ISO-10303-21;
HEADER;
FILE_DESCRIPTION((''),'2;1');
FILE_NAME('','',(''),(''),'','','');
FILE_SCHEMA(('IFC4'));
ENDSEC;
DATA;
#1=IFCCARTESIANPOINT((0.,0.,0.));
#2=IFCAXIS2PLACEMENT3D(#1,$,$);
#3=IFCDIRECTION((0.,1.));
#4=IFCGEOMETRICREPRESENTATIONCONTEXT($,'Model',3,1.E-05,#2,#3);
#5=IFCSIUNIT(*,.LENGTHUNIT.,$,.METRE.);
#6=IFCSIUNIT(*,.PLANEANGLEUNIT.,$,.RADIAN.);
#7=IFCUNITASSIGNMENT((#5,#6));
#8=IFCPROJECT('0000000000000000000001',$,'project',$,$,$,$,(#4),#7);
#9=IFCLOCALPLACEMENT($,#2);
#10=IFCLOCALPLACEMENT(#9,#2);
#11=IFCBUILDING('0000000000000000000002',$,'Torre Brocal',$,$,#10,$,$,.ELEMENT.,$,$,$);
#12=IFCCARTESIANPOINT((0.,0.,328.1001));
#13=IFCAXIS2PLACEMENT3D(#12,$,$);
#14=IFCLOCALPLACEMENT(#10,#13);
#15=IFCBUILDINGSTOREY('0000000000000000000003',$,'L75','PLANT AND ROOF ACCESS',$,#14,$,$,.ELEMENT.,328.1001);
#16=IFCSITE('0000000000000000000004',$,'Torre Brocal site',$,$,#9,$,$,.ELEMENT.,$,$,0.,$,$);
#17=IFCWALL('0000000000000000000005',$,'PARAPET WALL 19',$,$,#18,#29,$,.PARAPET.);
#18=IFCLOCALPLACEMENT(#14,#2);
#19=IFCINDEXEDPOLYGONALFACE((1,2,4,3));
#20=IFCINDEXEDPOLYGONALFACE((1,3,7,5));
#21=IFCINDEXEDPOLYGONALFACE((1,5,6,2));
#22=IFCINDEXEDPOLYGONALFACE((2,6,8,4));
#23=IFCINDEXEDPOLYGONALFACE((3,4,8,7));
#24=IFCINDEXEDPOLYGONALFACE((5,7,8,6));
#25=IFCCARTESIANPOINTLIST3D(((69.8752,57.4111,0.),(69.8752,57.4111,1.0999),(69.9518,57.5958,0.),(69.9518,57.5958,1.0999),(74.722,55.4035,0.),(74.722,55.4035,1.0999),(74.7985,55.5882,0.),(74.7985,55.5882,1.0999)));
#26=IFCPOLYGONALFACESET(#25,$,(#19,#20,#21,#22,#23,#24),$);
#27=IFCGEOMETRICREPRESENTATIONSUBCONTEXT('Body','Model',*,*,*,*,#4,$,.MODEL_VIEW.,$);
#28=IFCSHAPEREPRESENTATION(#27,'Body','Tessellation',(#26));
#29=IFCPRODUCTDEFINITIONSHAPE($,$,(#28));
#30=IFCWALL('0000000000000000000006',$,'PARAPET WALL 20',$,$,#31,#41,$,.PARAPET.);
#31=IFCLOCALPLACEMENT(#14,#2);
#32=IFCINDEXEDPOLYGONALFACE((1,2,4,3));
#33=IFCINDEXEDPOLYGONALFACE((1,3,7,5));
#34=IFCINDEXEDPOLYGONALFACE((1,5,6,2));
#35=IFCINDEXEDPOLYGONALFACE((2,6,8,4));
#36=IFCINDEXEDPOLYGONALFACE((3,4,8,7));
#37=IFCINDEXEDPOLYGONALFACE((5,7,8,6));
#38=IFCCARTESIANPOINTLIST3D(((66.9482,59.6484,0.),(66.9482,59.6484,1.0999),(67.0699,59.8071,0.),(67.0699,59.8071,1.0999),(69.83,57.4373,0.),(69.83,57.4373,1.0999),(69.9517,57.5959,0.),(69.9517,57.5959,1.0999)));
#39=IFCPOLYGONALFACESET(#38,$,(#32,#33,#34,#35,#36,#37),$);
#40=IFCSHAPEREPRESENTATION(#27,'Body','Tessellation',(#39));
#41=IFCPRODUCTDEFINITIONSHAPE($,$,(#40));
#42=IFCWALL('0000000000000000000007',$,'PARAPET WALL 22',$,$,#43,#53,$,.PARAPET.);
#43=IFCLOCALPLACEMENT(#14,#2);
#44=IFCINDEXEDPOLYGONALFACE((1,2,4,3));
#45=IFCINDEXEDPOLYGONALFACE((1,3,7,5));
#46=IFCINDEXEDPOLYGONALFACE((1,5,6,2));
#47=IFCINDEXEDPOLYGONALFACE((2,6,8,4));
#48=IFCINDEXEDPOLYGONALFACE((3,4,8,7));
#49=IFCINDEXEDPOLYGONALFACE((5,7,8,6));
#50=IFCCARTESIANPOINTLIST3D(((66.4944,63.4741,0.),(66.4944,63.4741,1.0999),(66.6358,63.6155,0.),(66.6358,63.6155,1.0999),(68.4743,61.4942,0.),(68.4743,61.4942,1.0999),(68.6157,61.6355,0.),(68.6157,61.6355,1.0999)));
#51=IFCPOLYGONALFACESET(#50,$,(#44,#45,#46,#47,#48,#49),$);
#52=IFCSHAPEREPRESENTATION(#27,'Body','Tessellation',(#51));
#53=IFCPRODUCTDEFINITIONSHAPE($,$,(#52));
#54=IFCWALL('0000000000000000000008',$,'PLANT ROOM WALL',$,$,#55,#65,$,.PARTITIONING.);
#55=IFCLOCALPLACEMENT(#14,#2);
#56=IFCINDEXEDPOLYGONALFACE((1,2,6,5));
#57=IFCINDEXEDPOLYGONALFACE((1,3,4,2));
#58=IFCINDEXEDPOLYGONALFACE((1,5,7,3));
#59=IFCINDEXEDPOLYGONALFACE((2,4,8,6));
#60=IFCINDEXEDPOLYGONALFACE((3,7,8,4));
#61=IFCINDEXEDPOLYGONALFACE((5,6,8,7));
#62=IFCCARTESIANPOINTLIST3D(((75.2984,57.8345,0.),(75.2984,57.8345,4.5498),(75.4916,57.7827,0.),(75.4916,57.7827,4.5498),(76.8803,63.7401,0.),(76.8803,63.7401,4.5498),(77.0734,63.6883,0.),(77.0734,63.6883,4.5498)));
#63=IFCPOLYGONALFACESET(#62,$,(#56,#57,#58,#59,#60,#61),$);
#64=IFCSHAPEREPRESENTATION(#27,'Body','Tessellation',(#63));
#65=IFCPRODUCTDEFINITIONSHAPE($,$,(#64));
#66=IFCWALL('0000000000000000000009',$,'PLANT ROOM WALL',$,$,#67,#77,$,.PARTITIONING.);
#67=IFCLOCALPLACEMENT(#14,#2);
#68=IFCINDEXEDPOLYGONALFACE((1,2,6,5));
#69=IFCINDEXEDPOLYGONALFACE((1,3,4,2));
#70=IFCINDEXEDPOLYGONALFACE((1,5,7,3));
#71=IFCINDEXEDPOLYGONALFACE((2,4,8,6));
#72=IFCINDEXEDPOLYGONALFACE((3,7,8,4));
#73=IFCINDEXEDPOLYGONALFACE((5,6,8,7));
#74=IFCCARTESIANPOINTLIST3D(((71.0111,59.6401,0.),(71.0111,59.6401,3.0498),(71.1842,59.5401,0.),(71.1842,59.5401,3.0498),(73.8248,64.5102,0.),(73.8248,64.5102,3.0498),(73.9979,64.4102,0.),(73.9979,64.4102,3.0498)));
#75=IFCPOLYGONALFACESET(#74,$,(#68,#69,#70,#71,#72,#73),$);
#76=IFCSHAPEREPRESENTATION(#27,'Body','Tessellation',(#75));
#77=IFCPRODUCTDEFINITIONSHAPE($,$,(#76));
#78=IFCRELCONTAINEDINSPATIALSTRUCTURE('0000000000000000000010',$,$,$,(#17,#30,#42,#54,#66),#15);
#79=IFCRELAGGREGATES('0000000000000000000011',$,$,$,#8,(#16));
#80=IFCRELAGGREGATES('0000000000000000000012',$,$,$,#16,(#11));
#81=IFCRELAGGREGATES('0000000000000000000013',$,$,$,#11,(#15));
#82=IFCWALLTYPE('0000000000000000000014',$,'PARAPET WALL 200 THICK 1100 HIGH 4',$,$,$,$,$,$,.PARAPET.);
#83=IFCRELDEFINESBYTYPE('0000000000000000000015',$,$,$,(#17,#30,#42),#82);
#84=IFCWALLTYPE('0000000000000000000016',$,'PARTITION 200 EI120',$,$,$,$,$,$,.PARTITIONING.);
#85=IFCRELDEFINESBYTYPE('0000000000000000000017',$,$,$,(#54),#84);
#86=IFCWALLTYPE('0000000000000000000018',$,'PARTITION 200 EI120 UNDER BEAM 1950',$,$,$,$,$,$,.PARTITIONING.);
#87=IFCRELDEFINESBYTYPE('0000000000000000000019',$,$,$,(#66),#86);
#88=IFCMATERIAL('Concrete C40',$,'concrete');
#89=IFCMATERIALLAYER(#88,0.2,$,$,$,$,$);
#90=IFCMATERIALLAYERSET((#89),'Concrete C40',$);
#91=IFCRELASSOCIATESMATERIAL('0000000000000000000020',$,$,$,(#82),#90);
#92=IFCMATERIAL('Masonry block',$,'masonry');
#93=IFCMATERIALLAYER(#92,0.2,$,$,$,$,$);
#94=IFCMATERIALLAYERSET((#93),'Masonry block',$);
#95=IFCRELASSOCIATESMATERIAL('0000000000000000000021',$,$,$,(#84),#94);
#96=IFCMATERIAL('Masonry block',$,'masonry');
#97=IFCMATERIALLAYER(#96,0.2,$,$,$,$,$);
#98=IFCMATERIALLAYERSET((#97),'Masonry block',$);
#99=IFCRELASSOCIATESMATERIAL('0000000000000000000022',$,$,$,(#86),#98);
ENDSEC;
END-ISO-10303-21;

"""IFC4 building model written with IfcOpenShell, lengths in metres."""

from ifc_helpers import new_model, si_unit, direction, frame, frame_2d, origin, place, context, subcontext, project, spatial, rectangle, extrude, material, layer, layer_set, type_object, element, save


model = new_model("IFC4")

# Units and contexts
model_context = context("Model", 3, precision=1e-05, world=origin(), true_north=direction((0.0, 1.0)))
body_context = subcontext(model_context, "Body", "Model", "MODEL_VIEW")
ifc_project = project(units=[si_unit("LENGTHUNIT", "METRE"), si_unit("PLANEANGLEUNIT", "RADIAN")], contexts=[model_context])

# Site, building, storey
site_placement = place(None, origin())
site = spatial("IfcSite", under=ifc_project, at=site_placement, Name="Torre Brocal site", CompositionType="ELEMENT", RefElevation=0.0)
building_placement = place(site_placement, origin())
building = spatial("IfcBuilding", under=site, at=building_placement, Name="Torre Brocal", CompositionType="ELEMENT")
storey_placement = place(building_placement, frame((0.0, 0.0, 328.1001)))
storey = spatial("IfcBuildingStorey", under=building, at=storey_placement, Name="L75", Description="PLANT AND ROOF ACCESS", CompositionType="ELEMENT", Elevation=328.1001)

# Walls
ifc_material_1 = material(Name="Concrete C40", Category="concrete")
ifc_layer_1 = layer(ifc_material_1, 0.2)
ifc_layer_set_1 = layer_set([ifc_layer_1], Name="Concrete C40")
wall_type_1 = type_object("IfcWallType", Name="PARAPET WALL 200 THICK 1100 HIGH 4", PredefinedType="PARAPET", material=ifc_layer_set_1)
wall_1_placement = place(storey_placement, frame((74.7603, 55.4958, 0.0), z_axis=(0.0, 0.0, 1.0), x_axis=(-0.923879, 0.382685, 0.0)))
element("IfcWall", 1, at=wall_1_placement, inside=storey, type_object=wall_type_1, Name="PARAPET WALL 19", PredefinedType="PARAPET", context=body_context, shape_type="SweptSolid", body=[
    extrude(rectangle(XDim=5.2461, YDim=0.2, at=frame_2d((2.623, 0.0))), origin(), (0.0, 0.0, 1.0), 1.0999),
])
wall_2_placement = place(storey_placement, frame((69.8909, 57.5166, 0.0), z_axis=(0.0, 0.0, 1.0), x_axis=(-0.79337, 0.608739, 0.0)))
element("IfcWall", 2, at=wall_2_placement, inside=storey, type_object=wall_type_1, Name="PARAPET WALL 20", PredefinedType="PARAPET", context=body_context, shape_type="SweptSolid", body=[
    extrude(rectangle(XDim=3.6323, YDim=0.2, at=frame_2d((1.8162, 0.0))), origin(), (0.0, 0.0, 1.0), 1.0999),
])
wall_3_placement = place(storey_placement, frame((68.5449, 61.5649, 0.0), z_axis=(0.0, 0.0, 1.0), x_axis=(-0.707107, 0.707107, 0.0)))
element("IfcWall", 3, at=wall_3_placement, inside=storey, type_object=wall_type_1, Name="PARAPET WALL 22", PredefinedType="PARAPET", context=body_context, shape_type="SweptSolid", body=[
    extrude(rectangle(XDim=2.8, YDim=0.2, at=frame_2d((1.3999, 0.0))), origin(), (0.0, 0.0, 1.0), 1.0999),
])
ifc_material_2 = material(Name="Masonry block", Category="masonry")
ifc_layer_2 = layer(ifc_material_2, 0.2)
ifc_layer_set_2 = layer_set([ifc_layer_2], Name="Masonry block")
wall_type_2 = type_object("IfcWallType", Name="PARTITION 200 EI120", PredefinedType="PARTITIONING", material=ifc_layer_set_2)
wall_4_placement = place(storey_placement, frame((75.395, 57.8086, 0.0), z_axis=(0.0, 0.0, 1.0), x_axis=(0.258729, 0.96595, 0.0)))
element("IfcWall", 4, at=wall_4_placement, inside=storey, type_object=wall_type_2, Name="PLANT ROOM WALL", PredefinedType="PARTITIONING", context=body_context, shape_type="SweptSolid", body=[
    extrude(rectangle(XDim=6.1138, YDim=0.2, at=frame_2d((3.0569, 0.0))), origin(), (0.0, 0.0, 1.0), 4.5498),
])
ifc_material_3 = material(Name="Masonry block", Category="masonry")
ifc_layer_3 = layer(ifc_material_3, 0.2)
ifc_layer_set_3 = layer_set([ifc_layer_3], Name="Masonry block")
wall_type_3 = type_object("IfcWallType", Name="PARTITION 200 EI120 UNDER BEAM 1950", PredefinedType="PARTITIONING", material=ifc_layer_set_3)
wall_5_placement = place(storey_placement, frame((71.0977, 59.5901, 0.0), z_axis=(0.0, 0.0, 1.0), x_axis=(0.500261, 0.865875, 0.0)))
element("IfcWall", 5, at=wall_5_placement, inside=storey, type_object=wall_type_3, Name="PLANT ROOM WALL", PredefinedType="PARTITIONING", context=body_context, shape_type="SweptSolid", body=[
    extrude(rectangle(XDim=5.6245, YDim=0.2, at=frame_2d((2.8123, 0.0))), origin(), (0.0, 0.0, 1.0), 3.0498),
])

save(model, "model.ifc")
